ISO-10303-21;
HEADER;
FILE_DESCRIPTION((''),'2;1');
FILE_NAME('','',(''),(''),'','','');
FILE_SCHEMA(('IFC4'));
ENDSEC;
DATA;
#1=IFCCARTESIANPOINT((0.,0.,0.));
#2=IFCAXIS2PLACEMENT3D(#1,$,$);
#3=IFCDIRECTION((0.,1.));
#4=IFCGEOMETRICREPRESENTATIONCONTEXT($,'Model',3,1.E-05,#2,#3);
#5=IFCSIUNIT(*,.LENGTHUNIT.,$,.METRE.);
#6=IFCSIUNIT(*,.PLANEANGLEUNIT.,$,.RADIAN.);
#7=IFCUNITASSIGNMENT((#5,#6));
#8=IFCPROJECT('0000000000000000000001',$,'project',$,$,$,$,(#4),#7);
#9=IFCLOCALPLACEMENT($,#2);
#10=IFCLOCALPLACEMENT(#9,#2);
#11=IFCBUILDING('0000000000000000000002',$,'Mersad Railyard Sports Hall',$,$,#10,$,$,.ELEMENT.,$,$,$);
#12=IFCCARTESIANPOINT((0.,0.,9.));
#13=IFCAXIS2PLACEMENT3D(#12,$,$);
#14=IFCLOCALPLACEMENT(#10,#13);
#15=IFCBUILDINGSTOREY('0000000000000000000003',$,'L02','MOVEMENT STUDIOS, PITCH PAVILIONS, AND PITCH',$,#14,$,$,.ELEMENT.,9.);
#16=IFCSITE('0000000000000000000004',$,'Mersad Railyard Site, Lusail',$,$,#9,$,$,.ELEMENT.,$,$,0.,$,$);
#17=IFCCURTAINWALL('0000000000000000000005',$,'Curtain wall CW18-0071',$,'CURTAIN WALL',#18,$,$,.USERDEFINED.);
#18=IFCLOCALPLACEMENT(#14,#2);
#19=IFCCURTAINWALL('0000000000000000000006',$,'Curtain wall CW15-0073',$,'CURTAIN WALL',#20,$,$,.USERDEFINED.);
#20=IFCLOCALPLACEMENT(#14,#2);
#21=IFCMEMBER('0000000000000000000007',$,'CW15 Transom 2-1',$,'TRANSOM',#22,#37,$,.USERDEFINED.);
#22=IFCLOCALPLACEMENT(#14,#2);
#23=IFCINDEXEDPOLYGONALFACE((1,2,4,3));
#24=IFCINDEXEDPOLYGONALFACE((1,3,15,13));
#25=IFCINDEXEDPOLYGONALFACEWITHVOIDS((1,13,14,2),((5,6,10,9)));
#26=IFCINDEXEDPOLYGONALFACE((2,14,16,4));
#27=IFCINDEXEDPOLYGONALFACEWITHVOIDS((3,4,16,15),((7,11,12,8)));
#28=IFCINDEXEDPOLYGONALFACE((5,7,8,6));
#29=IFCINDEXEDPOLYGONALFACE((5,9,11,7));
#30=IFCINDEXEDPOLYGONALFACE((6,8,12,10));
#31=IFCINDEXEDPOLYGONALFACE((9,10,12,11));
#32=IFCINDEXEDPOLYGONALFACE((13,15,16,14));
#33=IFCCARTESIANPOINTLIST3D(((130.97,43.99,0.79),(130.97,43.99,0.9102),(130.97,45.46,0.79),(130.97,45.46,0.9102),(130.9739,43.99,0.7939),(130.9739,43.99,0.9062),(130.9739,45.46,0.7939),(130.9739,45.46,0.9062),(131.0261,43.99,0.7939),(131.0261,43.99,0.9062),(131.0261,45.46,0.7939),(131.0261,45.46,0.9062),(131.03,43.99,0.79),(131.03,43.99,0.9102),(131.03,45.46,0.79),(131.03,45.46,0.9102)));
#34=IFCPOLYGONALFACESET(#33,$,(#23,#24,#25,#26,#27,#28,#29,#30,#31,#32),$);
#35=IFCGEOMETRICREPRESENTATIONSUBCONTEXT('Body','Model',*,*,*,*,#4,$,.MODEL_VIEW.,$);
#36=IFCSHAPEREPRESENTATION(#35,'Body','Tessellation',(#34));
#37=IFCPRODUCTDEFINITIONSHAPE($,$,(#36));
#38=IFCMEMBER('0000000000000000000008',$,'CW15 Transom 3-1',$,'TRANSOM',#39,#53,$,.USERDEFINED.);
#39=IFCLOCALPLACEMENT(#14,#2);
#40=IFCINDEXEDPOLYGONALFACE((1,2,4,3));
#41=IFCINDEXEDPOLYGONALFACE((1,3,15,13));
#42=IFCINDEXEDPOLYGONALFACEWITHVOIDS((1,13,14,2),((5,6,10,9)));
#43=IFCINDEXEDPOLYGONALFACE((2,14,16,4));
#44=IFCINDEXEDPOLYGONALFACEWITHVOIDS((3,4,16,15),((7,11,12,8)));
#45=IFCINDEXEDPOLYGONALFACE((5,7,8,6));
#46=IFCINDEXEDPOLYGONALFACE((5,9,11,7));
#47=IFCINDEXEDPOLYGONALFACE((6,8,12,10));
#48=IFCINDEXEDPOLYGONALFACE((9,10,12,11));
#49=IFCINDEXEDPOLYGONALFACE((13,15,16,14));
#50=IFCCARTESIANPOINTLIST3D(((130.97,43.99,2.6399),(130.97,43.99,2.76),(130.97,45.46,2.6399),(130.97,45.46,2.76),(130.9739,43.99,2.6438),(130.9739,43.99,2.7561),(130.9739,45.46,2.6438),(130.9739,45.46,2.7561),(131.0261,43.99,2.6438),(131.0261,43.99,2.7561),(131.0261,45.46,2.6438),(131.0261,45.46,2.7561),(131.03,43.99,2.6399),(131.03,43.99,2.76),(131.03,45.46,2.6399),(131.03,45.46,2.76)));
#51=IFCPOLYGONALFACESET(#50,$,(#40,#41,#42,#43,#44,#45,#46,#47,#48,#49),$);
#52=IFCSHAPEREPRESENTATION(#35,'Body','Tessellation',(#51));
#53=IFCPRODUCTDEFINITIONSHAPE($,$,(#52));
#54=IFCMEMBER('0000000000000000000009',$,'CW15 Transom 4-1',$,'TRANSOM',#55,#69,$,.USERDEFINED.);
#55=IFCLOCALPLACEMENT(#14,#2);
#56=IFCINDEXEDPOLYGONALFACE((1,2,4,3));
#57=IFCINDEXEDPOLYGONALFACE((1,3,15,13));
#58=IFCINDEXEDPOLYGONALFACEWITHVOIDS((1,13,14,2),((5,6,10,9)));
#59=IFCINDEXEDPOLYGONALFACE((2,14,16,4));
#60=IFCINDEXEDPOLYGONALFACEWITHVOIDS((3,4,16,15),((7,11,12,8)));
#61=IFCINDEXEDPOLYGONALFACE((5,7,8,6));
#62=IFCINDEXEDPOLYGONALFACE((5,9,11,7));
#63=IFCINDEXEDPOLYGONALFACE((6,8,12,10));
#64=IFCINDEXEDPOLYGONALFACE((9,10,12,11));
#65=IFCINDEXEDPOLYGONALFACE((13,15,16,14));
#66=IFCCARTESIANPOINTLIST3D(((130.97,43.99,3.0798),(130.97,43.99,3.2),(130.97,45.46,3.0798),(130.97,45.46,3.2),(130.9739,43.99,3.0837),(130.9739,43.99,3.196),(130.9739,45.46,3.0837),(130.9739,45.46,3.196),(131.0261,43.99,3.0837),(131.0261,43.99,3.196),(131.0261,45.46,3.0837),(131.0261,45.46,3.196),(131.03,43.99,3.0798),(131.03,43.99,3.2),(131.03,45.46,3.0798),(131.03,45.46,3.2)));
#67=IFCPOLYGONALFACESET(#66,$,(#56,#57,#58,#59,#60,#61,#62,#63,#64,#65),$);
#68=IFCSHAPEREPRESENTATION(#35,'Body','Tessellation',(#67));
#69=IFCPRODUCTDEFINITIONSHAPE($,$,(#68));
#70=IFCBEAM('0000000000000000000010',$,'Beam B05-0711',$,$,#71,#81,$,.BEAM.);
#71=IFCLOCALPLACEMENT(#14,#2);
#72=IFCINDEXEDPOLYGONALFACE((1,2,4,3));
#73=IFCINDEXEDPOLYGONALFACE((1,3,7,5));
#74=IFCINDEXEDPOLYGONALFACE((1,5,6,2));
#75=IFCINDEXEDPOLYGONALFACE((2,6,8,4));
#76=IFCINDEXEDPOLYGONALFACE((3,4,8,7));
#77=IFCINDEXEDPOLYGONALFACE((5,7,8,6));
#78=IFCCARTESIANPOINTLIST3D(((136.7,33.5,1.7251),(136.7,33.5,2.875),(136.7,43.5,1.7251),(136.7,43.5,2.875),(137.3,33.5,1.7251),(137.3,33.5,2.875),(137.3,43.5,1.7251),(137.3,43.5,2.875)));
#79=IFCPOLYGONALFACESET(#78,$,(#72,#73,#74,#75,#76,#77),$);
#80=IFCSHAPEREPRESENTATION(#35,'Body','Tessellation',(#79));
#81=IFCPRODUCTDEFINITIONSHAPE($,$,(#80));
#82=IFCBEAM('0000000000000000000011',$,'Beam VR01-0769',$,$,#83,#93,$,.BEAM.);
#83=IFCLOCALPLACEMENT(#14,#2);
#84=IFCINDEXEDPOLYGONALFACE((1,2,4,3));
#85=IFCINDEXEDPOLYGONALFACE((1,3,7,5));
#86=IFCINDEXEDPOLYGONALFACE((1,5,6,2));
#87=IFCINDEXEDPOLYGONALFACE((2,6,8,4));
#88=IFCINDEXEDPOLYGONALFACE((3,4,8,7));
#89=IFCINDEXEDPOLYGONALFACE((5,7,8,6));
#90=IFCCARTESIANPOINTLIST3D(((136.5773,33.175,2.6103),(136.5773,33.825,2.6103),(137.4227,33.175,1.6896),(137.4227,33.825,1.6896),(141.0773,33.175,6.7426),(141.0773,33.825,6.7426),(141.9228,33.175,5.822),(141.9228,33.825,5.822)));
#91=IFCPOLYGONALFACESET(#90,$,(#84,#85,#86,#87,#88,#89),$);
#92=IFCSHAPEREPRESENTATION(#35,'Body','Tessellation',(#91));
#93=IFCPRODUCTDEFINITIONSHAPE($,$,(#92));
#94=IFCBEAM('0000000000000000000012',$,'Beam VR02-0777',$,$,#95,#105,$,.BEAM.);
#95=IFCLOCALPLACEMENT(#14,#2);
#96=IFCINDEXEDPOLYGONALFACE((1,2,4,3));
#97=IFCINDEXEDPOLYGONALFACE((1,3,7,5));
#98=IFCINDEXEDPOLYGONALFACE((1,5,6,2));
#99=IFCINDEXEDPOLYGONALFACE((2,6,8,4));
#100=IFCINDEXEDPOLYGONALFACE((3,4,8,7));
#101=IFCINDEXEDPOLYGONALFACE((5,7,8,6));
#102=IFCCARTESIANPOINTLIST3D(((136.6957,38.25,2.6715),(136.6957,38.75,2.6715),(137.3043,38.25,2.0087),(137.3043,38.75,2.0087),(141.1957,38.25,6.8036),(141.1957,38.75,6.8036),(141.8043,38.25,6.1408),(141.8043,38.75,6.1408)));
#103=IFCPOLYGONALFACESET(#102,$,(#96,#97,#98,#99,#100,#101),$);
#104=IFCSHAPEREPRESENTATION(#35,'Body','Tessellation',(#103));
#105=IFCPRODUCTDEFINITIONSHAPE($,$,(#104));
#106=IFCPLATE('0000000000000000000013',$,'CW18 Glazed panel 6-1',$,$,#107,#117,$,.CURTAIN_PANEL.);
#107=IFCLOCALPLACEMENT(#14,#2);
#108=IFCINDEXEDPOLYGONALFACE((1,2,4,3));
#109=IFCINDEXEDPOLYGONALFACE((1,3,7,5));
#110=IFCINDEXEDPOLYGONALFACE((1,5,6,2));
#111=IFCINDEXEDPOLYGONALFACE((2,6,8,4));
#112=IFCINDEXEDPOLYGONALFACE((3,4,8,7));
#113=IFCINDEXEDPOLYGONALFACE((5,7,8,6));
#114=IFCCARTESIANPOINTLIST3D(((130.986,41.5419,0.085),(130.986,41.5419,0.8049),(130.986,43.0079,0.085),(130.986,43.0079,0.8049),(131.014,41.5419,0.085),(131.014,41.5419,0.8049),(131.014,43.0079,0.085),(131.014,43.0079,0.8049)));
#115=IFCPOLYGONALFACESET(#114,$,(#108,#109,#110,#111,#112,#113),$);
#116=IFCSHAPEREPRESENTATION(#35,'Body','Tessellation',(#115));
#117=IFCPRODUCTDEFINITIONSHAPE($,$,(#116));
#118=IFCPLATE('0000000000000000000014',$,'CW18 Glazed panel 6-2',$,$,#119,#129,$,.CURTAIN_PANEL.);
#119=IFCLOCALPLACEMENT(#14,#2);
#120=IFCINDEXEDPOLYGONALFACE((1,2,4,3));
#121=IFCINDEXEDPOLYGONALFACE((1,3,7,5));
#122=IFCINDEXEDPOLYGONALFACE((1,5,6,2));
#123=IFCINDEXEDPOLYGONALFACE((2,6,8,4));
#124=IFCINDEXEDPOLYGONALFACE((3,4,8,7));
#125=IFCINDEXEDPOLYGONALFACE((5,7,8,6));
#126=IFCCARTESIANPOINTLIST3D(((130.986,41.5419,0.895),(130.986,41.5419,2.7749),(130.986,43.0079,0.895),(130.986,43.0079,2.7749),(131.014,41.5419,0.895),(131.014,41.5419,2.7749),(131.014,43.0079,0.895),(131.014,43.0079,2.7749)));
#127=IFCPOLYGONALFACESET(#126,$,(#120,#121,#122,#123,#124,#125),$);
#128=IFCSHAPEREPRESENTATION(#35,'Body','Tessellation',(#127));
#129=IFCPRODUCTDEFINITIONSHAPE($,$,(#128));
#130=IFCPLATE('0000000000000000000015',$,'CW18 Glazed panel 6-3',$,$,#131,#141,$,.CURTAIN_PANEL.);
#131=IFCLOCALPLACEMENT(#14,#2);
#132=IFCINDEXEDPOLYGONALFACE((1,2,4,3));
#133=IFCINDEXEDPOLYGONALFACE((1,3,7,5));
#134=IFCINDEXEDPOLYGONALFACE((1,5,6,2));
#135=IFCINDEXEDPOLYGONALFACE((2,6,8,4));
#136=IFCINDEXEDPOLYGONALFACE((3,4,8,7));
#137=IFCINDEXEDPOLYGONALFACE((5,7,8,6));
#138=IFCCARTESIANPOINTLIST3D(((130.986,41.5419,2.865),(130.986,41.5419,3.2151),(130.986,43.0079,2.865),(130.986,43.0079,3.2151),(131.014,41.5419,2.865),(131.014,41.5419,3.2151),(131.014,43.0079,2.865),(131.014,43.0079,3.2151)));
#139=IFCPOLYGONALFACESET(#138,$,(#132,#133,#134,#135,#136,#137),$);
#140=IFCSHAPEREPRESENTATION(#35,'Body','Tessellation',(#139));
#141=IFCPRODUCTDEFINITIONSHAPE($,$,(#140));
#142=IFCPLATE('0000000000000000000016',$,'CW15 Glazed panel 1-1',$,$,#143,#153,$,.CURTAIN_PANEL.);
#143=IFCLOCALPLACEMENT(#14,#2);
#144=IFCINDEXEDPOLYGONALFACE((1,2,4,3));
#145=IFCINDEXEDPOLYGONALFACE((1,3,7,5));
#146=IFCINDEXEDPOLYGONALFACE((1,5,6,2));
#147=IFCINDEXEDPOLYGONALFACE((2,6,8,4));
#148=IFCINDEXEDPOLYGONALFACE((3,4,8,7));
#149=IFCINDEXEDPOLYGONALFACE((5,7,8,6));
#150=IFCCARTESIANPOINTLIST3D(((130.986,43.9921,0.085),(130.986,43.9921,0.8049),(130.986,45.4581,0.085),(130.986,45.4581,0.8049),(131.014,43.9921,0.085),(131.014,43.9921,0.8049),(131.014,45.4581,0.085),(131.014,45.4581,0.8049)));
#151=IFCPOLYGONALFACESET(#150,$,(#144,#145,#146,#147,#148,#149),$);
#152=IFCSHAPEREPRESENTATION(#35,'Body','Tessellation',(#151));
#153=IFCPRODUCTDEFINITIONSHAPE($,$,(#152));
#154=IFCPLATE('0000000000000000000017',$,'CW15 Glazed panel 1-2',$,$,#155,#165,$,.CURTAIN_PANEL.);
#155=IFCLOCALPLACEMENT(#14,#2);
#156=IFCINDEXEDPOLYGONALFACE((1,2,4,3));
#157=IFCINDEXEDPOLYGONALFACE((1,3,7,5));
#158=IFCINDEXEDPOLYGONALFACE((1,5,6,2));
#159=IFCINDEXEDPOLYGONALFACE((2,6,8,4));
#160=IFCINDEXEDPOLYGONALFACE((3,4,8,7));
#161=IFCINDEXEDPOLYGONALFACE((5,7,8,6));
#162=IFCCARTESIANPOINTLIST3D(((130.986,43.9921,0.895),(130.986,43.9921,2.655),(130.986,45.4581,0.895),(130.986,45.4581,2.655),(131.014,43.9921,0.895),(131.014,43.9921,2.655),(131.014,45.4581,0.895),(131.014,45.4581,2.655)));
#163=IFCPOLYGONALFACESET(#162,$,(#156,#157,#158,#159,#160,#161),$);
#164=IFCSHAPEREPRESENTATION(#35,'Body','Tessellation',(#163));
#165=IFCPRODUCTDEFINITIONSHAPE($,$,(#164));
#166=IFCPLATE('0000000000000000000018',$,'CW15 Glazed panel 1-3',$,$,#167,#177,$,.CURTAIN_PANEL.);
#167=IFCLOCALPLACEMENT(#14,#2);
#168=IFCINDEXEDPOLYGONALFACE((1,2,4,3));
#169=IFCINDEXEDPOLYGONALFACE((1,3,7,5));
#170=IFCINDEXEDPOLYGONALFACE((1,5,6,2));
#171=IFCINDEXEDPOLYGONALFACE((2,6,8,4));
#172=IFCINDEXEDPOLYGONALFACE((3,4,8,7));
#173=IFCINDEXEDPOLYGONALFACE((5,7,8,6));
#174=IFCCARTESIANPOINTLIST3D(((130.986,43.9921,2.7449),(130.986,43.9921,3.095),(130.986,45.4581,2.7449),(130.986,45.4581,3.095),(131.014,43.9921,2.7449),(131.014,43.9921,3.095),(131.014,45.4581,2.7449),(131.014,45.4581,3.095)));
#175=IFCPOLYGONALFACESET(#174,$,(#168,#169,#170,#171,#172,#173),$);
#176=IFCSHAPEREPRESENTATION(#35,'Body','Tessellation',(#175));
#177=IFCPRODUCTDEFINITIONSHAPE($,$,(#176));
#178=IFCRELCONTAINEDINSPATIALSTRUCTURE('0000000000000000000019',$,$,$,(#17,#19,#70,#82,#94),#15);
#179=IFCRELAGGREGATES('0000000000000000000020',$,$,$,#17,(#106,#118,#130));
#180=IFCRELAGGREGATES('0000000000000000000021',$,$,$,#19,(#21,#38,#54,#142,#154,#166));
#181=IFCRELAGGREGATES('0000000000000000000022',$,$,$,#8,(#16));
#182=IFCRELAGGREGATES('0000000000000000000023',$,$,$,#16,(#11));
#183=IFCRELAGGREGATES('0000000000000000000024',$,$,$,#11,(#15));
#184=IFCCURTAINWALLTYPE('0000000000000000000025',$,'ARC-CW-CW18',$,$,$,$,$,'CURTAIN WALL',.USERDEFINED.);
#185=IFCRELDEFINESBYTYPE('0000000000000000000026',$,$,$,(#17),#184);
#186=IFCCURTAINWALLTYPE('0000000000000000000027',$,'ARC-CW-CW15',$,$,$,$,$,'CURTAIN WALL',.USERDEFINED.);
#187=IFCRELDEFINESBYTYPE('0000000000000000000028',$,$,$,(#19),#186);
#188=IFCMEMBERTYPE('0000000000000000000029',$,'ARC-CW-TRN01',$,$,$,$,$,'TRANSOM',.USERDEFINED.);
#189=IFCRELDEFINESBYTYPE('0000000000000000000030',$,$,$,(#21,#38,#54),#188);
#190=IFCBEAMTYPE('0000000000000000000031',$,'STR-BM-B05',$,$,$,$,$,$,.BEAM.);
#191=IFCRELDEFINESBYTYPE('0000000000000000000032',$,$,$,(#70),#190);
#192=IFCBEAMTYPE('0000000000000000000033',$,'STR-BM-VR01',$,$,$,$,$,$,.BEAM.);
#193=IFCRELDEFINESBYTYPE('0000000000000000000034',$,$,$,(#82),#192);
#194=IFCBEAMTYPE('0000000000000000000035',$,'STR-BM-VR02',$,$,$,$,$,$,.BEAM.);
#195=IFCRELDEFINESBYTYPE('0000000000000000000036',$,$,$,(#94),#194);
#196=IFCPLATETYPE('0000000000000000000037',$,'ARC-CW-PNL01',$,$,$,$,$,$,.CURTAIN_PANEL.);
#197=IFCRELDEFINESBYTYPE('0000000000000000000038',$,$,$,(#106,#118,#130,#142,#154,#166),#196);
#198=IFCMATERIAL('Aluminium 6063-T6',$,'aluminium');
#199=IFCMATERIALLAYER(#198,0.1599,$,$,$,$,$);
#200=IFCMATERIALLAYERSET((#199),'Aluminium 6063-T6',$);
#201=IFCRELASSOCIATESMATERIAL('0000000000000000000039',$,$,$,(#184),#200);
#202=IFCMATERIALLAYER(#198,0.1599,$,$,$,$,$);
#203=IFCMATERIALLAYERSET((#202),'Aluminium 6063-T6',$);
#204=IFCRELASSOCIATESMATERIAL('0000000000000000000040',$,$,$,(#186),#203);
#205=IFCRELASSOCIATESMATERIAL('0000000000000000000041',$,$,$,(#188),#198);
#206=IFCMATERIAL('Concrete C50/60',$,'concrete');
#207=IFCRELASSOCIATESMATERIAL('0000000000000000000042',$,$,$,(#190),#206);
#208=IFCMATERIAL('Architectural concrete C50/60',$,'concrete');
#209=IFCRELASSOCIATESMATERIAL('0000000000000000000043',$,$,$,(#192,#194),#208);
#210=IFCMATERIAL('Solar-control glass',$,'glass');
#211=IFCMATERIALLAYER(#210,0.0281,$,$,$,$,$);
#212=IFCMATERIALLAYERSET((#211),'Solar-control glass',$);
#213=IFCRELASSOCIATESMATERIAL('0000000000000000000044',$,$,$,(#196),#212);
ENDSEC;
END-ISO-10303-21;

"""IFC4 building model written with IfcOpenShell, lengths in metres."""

from ifc_helpers import new_model, si_unit, direction, frame, origin, origin_2d, place, context, subcontext, project, spatial, rectangle, hollow_rectangle, extrude, material, layer, layer_set, material_profile, profile_set, type_object, element, aggregate, save


model = new_model("IFC4")

# Units and contexts
model_context = context("Model", 3, precision=1e-05, world=origin(), true_north=direction((0.0, 1.0)))
body_context = subcontext(model_context, "Body", "Model", "MODEL_VIEW")
ifc_project = project(units=[si_unit("LENGTHUNIT", "METRE"), si_unit("PLANEANGLEUNIT", "RADIAN")], contexts=[model_context])

# Site, building, storey
site_placement = place(None, origin())
site = spatial("IfcSite", under=ifc_project, at=site_placement, Name="Mersad Railyard Site, Lusail", CompositionType="ELEMENT", RefElevation=0.0)
building_placement = place(site_placement, origin())
building = spatial("IfcBuilding", under=site, at=building_placement, Name="Mersad Railyard Sports Hall", CompositionType="ELEMENT")
storey_placement = place(building_placement, frame((0.0, 0.0, 9.0)))
storey = spatial("IfcBuildingStorey", under=building, at=storey_placement, Name="L02", Description="MOVEMENT STUDIOS, PITCH PAVILIONS, AND PITCH", CompositionType="ELEMENT", Elevation=9.0)

# Shared definitions
ifc_material_1 = material(Name="Concrete C50/60", Category="concrete")

# Curtain wall
ifc_material_2 = material(Name="Aluminium 6063-T6", Category="aluminium")
ifc_layer_1 = layer(ifc_material_2, 0.1599)
ifc_layer_set_1 = layer_set([ifc_layer_1], Name="Aluminium 6063-T6")
curtain_wall_type_1 = type_object("IfcCurtainWallType", Name="ARC-CW-CW18", ElementType="CURTAIN WALL", PredefinedType="USERDEFINED", material=ifc_layer_set_1)
curtain_wall_1_placement = place(storey_placement, origin())
curtain_wall_1 = element("IfcCurtainWall", 1, at=curtain_wall_1_placement, inside=storey, type_object=curtain_wall_type_1, Name="Curtain wall CW18-0071", ObjectType="CURTAIN WALL", PredefinedType="USERDEFINED")

# Curtain wall
ifc_layer_2 = layer(ifc_material_2, 0.1599)
ifc_layer_set_2 = layer_set([ifc_layer_2], Name="Aluminium 6063-T6")
curtain_wall_type_2 = type_object("IfcCurtainWallType", Name="ARC-CW-CW15", ElementType="CURTAIN WALL", PredefinedType="USERDEFINED", material=ifc_layer_set_2)
curtain_wall_2_placement = place(storey_placement, origin())
curtain_wall_2 = element("IfcCurtainWall", 2, at=curtain_wall_2_placement, inside=storey, type_object=curtain_wall_type_2, Name="Curtain wall CW15-0073", ObjectType="CURTAIN WALL", PredefinedType="USERDEFINED")

# Members
ifc_material_profile_1 = material_profile(ifc_material_2, hollow_rectangle(XDim=0.0601, YDim=0.1201, WallThickness=0.0039, at=origin_2d()), Name="AL TRANSOM 60x120x4")
ifc_profile_set_1 = profile_set([ifc_material_profile_1], Name="Aluminium 6063-T6")
member_type_1 = type_object("IfcMemberType", Name="ARC-CW-TRN01", ElementType="TRANSOM", PredefinedType="USERDEFINED", material=ifc_profile_set_1)
member_1_placement = place(storey_placement, frame((131.0, 43.99, 0.8501), z_axis=(0.0, 1.0, 0.0), x_axis=(-1.0, 0.0, 0.0)))
member_1 = element("IfcMember", 3, at=member_1_placement, type_object=member_type_1, Name="CW15 Transom 2-1", ObjectType="TRANSOM", PredefinedType="USERDEFINED", context=body_context, shape_type="SweptSolid", body=[
    extrude(hollow_rectangle(XDim=0.0601, YDim=0.1201, WallThickness=0.0039, at=origin_2d()), origin(), (0.0, 0.0, 1.0), 1.47),
])
member_2_placement = place(storey_placement, frame((131.0, 43.99, 2.7), z_axis=(0.0, 1.0, 0.0), x_axis=(-1.0, 0.0, 0.0)))
member_2 = element("IfcMember", 4, at=member_2_placement, type_object=member_type_1, Name="CW15 Transom 3-1", ObjectType="TRANSOM", PredefinedType="USERDEFINED", context=body_context, shape_type="SweptSolid", body=[
    extrude(hollow_rectangle(XDim=0.0601, YDim=0.1201, WallThickness=0.0039, at=origin_2d()), origin(), (0.0, 0.0, 1.0), 1.47),
])
member_3_placement = place(storey_placement, frame((131.0, 43.99, 3.1399), z_axis=(0.0, 1.0, 0.0), x_axis=(-1.0, 0.0, 0.0)))
member_3 = element("IfcMember", 5, at=member_3_placement, type_object=member_type_1, Name="CW15 Transom 4-1", ObjectType="TRANSOM", PredefinedType="USERDEFINED", context=body_context, shape_type="SweptSolid", body=[
    extrude(hollow_rectangle(XDim=0.0601, YDim=0.1201, WallThickness=0.0039, at=origin_2d()), origin(), (0.0, 0.0, 1.0), 1.47),
])

# Beams
ifc_material_profile_2 = material_profile(ifc_material_1, rectangle(XDim=0.6001, YDim=1.1499, at=origin_2d()), Name="RC 600x1150")
ifc_profile_set_2 = profile_set([ifc_material_profile_2], Name="Concrete C50/60")
beam_type_1 = type_object("IfcBeamType", Name="STR-BM-B05", PredefinedType="BEAM", material=ifc_profile_set_2)
beam_1_placement = place(storey_placement, frame((137.0, 33.5, 2.3), z_axis=(0.0, 1.0, 0.0), x_axis=(-1.0, 0.0, 0.0)))
element("IfcBeam", 6, at=beam_1_placement, inside=storey, type_object=beam_type_1, Name="Beam B05-0711", PredefinedType="BEAM", context=body_context, shape_type="SweptSolid", body=[
    extrude(rectangle(XDim=0.6001, YDim=1.1499, at=origin_2d()), origin(), (0.0, 0.0, 1.0), 10.0),
])
ifc_material_3 = material(Name="Architectural concrete C50/60", Category="concrete")
ifc_material_profile_3 = material_profile(ifc_material_3, rectangle(XDim=0.6499, YDim=1.25, at=origin_2d()), Name="VR 650x1250")
ifc_profile_set_3 = profile_set([ifc_material_profile_3], Name="Architectural concrete C50/60")
beam_type_2 = type_object("IfcBeamType", Name="STR-BM-VR01", PredefinedType="BEAM", material=ifc_profile_set_3)
beam_2_placement = place(storey_placement, frame((137.0, 33.5, 2.1499), z_axis=(0.736557, 0.0, 0.676376), x_axis=(0.0, 1.0, 0.0)))
element("IfcBeam", 7, at=beam_2_placement, inside=storey, type_object=beam_type_2, Name="Beam VR01-0769", PredefinedType="BEAM", context=body_context, shape_type="SweptSolid", body=[
    extrude(rectangle(XDim=0.6499, YDim=1.25, at=origin_2d()), origin(), (0.0, 0.0, 1.0), 6.1096),
])
ifc_material_profile_4 = material_profile(ifc_material_3, rectangle(XDim=0.5, YDim=0.8999, at=origin_2d()), Name="VR 500x900")
ifc_profile_set_4 = profile_set([ifc_material_profile_4], Name="Architectural concrete C50/60")
beam_type_3 = type_object("IfcBeamType", Name="STR-BM-VR02", PredefinedType="BEAM", material=ifc_profile_set_4)
beam_3_placement = place(storey_placement, frame((137.0, 38.5, 2.3401), z_axis=(0.736577, 0.0, 0.676354), x_axis=(0.0, 1.0, 0.0)))
element("IfcBeam", 8, at=beam_3_placement, inside=storey, type_object=beam_type_3, Name="Beam VR02-0777", PredefinedType="BEAM", context=body_context, shape_type="SweptSolid", body=[
    extrude(rectangle(XDim=0.5, YDim=0.8999, at=origin_2d()), origin(), (0.0, 0.0, 1.0), 6.1094),
])

# Plates
ifc_material_4 = material(Name="Solar-control glass", Category="glass")
ifc_layer_3 = layer(ifc_material_4, 0.0281)
ifc_layer_set_3 = layer_set([ifc_layer_3], Name="Solar-control glass")
plate_type = type_object("IfcPlateType", Name="ARC-CW-PNL01", PredefinedType="CURTAIN_PANEL", material=ifc_layer_set_3)
plate_1_placement = place(storey_placement, frame((131.0, 42.2749, 0.085), z_axis=(0.0, 0.0, 1.0), x_axis=(0.0, 1.0, 0.0)))
plate_1 = element("IfcPlate", 9, at=plate_1_placement, type_object=plate_type, Name="CW18 Glazed panel 6-1", PredefinedType="CURTAIN_PANEL", context=body_context, shape_type="SweptSolid", body=[
    extrude(rectangle(XDim=1.4661, YDim=0.0281, at=origin_2d()), origin(), (0.0, 0.0, 1.0), 0.72),
])
plate_2_placement = place(storey_placement, frame((131.0, 42.2749, 0.895), z_axis=(0.0, 0.0, 1.0), x_axis=(0.0, 1.0, 0.0)))
plate_2 = element("IfcPlate", 10, at=plate_2_placement, type_object=plate_type, Name="CW18 Glazed panel 6-2", PredefinedType="CURTAIN_PANEL", context=body_context, shape_type="SweptSolid", body=[
    extrude(rectangle(XDim=1.4661, YDim=0.0281, at=origin_2d()), origin(), (0.0, 0.0, 1.0), 1.8799),
])
plate_3_placement = place(storey_placement, frame((131.0, 42.2749, 2.865), z_axis=(0.0, 0.0, 1.0), x_axis=(0.0, 1.0, 0.0)))
plate_3 = element("IfcPlate", 11, at=plate_3_placement, type_object=plate_type, Name="CW18 Glazed panel 6-3", PredefinedType="CURTAIN_PANEL", context=body_context, shape_type="SweptSolid", body=[
    extrude(rectangle(XDim=1.4661, YDim=0.0281, at=origin_2d()), origin(), (0.0, 0.0, 1.0), 0.3501),
])
aggregate(curtain_wall_1, [plate_1, plate_2, plate_3])
plate_4_placement = place(storey_placement, frame((131.0, 44.7251, 0.085), z_axis=(0.0, 0.0, 1.0), x_axis=(0.0, 1.0, 0.0)))
plate_4 = element("IfcPlate", 12, at=plate_4_placement, type_object=plate_type, Name="CW15 Glazed panel 1-1", PredefinedType="CURTAIN_PANEL", context=body_context, shape_type="SweptSolid", body=[
    extrude(rectangle(XDim=1.4661, YDim=0.0281, at=origin_2d()), origin(), (0.0, 0.0, 1.0), 0.72),
])
plate_5_placement = place(storey_placement, frame((131.0, 44.7251, 0.895), z_axis=(0.0, 0.0, 1.0), x_axis=(0.0, 1.0, 0.0)))
plate_5 = element("IfcPlate", 13, at=plate_5_placement, type_object=plate_type, Name="CW15 Glazed panel 1-2", PredefinedType="CURTAIN_PANEL", context=body_context, shape_type="SweptSolid", body=[
    extrude(rectangle(XDim=1.4661, YDim=0.0281, at=origin_2d()), origin(), (0.0, 0.0, 1.0), 1.76),
])
plate_6_placement = place(storey_placement, frame((131.0, 44.7251, 2.7449), z_axis=(0.0, 0.0, 1.0), x_axis=(0.0, 1.0, 0.0)))
plate_6 = element("IfcPlate", 14, at=plate_6_placement, type_object=plate_type, Name="CW15 Glazed panel 1-3", PredefinedType="CURTAIN_PANEL", context=body_context, shape_type="SweptSolid", body=[
    extrude(rectangle(XDim=1.4661, YDim=0.0281, at=origin_2d()), origin(), (0.0, 0.0, 1.0), 0.3501),
])
aggregate(curtain_wall_2, [member_1, member_2, member_3, plate_4, plate_5, plate_6])

save(model, "model.ifc")
